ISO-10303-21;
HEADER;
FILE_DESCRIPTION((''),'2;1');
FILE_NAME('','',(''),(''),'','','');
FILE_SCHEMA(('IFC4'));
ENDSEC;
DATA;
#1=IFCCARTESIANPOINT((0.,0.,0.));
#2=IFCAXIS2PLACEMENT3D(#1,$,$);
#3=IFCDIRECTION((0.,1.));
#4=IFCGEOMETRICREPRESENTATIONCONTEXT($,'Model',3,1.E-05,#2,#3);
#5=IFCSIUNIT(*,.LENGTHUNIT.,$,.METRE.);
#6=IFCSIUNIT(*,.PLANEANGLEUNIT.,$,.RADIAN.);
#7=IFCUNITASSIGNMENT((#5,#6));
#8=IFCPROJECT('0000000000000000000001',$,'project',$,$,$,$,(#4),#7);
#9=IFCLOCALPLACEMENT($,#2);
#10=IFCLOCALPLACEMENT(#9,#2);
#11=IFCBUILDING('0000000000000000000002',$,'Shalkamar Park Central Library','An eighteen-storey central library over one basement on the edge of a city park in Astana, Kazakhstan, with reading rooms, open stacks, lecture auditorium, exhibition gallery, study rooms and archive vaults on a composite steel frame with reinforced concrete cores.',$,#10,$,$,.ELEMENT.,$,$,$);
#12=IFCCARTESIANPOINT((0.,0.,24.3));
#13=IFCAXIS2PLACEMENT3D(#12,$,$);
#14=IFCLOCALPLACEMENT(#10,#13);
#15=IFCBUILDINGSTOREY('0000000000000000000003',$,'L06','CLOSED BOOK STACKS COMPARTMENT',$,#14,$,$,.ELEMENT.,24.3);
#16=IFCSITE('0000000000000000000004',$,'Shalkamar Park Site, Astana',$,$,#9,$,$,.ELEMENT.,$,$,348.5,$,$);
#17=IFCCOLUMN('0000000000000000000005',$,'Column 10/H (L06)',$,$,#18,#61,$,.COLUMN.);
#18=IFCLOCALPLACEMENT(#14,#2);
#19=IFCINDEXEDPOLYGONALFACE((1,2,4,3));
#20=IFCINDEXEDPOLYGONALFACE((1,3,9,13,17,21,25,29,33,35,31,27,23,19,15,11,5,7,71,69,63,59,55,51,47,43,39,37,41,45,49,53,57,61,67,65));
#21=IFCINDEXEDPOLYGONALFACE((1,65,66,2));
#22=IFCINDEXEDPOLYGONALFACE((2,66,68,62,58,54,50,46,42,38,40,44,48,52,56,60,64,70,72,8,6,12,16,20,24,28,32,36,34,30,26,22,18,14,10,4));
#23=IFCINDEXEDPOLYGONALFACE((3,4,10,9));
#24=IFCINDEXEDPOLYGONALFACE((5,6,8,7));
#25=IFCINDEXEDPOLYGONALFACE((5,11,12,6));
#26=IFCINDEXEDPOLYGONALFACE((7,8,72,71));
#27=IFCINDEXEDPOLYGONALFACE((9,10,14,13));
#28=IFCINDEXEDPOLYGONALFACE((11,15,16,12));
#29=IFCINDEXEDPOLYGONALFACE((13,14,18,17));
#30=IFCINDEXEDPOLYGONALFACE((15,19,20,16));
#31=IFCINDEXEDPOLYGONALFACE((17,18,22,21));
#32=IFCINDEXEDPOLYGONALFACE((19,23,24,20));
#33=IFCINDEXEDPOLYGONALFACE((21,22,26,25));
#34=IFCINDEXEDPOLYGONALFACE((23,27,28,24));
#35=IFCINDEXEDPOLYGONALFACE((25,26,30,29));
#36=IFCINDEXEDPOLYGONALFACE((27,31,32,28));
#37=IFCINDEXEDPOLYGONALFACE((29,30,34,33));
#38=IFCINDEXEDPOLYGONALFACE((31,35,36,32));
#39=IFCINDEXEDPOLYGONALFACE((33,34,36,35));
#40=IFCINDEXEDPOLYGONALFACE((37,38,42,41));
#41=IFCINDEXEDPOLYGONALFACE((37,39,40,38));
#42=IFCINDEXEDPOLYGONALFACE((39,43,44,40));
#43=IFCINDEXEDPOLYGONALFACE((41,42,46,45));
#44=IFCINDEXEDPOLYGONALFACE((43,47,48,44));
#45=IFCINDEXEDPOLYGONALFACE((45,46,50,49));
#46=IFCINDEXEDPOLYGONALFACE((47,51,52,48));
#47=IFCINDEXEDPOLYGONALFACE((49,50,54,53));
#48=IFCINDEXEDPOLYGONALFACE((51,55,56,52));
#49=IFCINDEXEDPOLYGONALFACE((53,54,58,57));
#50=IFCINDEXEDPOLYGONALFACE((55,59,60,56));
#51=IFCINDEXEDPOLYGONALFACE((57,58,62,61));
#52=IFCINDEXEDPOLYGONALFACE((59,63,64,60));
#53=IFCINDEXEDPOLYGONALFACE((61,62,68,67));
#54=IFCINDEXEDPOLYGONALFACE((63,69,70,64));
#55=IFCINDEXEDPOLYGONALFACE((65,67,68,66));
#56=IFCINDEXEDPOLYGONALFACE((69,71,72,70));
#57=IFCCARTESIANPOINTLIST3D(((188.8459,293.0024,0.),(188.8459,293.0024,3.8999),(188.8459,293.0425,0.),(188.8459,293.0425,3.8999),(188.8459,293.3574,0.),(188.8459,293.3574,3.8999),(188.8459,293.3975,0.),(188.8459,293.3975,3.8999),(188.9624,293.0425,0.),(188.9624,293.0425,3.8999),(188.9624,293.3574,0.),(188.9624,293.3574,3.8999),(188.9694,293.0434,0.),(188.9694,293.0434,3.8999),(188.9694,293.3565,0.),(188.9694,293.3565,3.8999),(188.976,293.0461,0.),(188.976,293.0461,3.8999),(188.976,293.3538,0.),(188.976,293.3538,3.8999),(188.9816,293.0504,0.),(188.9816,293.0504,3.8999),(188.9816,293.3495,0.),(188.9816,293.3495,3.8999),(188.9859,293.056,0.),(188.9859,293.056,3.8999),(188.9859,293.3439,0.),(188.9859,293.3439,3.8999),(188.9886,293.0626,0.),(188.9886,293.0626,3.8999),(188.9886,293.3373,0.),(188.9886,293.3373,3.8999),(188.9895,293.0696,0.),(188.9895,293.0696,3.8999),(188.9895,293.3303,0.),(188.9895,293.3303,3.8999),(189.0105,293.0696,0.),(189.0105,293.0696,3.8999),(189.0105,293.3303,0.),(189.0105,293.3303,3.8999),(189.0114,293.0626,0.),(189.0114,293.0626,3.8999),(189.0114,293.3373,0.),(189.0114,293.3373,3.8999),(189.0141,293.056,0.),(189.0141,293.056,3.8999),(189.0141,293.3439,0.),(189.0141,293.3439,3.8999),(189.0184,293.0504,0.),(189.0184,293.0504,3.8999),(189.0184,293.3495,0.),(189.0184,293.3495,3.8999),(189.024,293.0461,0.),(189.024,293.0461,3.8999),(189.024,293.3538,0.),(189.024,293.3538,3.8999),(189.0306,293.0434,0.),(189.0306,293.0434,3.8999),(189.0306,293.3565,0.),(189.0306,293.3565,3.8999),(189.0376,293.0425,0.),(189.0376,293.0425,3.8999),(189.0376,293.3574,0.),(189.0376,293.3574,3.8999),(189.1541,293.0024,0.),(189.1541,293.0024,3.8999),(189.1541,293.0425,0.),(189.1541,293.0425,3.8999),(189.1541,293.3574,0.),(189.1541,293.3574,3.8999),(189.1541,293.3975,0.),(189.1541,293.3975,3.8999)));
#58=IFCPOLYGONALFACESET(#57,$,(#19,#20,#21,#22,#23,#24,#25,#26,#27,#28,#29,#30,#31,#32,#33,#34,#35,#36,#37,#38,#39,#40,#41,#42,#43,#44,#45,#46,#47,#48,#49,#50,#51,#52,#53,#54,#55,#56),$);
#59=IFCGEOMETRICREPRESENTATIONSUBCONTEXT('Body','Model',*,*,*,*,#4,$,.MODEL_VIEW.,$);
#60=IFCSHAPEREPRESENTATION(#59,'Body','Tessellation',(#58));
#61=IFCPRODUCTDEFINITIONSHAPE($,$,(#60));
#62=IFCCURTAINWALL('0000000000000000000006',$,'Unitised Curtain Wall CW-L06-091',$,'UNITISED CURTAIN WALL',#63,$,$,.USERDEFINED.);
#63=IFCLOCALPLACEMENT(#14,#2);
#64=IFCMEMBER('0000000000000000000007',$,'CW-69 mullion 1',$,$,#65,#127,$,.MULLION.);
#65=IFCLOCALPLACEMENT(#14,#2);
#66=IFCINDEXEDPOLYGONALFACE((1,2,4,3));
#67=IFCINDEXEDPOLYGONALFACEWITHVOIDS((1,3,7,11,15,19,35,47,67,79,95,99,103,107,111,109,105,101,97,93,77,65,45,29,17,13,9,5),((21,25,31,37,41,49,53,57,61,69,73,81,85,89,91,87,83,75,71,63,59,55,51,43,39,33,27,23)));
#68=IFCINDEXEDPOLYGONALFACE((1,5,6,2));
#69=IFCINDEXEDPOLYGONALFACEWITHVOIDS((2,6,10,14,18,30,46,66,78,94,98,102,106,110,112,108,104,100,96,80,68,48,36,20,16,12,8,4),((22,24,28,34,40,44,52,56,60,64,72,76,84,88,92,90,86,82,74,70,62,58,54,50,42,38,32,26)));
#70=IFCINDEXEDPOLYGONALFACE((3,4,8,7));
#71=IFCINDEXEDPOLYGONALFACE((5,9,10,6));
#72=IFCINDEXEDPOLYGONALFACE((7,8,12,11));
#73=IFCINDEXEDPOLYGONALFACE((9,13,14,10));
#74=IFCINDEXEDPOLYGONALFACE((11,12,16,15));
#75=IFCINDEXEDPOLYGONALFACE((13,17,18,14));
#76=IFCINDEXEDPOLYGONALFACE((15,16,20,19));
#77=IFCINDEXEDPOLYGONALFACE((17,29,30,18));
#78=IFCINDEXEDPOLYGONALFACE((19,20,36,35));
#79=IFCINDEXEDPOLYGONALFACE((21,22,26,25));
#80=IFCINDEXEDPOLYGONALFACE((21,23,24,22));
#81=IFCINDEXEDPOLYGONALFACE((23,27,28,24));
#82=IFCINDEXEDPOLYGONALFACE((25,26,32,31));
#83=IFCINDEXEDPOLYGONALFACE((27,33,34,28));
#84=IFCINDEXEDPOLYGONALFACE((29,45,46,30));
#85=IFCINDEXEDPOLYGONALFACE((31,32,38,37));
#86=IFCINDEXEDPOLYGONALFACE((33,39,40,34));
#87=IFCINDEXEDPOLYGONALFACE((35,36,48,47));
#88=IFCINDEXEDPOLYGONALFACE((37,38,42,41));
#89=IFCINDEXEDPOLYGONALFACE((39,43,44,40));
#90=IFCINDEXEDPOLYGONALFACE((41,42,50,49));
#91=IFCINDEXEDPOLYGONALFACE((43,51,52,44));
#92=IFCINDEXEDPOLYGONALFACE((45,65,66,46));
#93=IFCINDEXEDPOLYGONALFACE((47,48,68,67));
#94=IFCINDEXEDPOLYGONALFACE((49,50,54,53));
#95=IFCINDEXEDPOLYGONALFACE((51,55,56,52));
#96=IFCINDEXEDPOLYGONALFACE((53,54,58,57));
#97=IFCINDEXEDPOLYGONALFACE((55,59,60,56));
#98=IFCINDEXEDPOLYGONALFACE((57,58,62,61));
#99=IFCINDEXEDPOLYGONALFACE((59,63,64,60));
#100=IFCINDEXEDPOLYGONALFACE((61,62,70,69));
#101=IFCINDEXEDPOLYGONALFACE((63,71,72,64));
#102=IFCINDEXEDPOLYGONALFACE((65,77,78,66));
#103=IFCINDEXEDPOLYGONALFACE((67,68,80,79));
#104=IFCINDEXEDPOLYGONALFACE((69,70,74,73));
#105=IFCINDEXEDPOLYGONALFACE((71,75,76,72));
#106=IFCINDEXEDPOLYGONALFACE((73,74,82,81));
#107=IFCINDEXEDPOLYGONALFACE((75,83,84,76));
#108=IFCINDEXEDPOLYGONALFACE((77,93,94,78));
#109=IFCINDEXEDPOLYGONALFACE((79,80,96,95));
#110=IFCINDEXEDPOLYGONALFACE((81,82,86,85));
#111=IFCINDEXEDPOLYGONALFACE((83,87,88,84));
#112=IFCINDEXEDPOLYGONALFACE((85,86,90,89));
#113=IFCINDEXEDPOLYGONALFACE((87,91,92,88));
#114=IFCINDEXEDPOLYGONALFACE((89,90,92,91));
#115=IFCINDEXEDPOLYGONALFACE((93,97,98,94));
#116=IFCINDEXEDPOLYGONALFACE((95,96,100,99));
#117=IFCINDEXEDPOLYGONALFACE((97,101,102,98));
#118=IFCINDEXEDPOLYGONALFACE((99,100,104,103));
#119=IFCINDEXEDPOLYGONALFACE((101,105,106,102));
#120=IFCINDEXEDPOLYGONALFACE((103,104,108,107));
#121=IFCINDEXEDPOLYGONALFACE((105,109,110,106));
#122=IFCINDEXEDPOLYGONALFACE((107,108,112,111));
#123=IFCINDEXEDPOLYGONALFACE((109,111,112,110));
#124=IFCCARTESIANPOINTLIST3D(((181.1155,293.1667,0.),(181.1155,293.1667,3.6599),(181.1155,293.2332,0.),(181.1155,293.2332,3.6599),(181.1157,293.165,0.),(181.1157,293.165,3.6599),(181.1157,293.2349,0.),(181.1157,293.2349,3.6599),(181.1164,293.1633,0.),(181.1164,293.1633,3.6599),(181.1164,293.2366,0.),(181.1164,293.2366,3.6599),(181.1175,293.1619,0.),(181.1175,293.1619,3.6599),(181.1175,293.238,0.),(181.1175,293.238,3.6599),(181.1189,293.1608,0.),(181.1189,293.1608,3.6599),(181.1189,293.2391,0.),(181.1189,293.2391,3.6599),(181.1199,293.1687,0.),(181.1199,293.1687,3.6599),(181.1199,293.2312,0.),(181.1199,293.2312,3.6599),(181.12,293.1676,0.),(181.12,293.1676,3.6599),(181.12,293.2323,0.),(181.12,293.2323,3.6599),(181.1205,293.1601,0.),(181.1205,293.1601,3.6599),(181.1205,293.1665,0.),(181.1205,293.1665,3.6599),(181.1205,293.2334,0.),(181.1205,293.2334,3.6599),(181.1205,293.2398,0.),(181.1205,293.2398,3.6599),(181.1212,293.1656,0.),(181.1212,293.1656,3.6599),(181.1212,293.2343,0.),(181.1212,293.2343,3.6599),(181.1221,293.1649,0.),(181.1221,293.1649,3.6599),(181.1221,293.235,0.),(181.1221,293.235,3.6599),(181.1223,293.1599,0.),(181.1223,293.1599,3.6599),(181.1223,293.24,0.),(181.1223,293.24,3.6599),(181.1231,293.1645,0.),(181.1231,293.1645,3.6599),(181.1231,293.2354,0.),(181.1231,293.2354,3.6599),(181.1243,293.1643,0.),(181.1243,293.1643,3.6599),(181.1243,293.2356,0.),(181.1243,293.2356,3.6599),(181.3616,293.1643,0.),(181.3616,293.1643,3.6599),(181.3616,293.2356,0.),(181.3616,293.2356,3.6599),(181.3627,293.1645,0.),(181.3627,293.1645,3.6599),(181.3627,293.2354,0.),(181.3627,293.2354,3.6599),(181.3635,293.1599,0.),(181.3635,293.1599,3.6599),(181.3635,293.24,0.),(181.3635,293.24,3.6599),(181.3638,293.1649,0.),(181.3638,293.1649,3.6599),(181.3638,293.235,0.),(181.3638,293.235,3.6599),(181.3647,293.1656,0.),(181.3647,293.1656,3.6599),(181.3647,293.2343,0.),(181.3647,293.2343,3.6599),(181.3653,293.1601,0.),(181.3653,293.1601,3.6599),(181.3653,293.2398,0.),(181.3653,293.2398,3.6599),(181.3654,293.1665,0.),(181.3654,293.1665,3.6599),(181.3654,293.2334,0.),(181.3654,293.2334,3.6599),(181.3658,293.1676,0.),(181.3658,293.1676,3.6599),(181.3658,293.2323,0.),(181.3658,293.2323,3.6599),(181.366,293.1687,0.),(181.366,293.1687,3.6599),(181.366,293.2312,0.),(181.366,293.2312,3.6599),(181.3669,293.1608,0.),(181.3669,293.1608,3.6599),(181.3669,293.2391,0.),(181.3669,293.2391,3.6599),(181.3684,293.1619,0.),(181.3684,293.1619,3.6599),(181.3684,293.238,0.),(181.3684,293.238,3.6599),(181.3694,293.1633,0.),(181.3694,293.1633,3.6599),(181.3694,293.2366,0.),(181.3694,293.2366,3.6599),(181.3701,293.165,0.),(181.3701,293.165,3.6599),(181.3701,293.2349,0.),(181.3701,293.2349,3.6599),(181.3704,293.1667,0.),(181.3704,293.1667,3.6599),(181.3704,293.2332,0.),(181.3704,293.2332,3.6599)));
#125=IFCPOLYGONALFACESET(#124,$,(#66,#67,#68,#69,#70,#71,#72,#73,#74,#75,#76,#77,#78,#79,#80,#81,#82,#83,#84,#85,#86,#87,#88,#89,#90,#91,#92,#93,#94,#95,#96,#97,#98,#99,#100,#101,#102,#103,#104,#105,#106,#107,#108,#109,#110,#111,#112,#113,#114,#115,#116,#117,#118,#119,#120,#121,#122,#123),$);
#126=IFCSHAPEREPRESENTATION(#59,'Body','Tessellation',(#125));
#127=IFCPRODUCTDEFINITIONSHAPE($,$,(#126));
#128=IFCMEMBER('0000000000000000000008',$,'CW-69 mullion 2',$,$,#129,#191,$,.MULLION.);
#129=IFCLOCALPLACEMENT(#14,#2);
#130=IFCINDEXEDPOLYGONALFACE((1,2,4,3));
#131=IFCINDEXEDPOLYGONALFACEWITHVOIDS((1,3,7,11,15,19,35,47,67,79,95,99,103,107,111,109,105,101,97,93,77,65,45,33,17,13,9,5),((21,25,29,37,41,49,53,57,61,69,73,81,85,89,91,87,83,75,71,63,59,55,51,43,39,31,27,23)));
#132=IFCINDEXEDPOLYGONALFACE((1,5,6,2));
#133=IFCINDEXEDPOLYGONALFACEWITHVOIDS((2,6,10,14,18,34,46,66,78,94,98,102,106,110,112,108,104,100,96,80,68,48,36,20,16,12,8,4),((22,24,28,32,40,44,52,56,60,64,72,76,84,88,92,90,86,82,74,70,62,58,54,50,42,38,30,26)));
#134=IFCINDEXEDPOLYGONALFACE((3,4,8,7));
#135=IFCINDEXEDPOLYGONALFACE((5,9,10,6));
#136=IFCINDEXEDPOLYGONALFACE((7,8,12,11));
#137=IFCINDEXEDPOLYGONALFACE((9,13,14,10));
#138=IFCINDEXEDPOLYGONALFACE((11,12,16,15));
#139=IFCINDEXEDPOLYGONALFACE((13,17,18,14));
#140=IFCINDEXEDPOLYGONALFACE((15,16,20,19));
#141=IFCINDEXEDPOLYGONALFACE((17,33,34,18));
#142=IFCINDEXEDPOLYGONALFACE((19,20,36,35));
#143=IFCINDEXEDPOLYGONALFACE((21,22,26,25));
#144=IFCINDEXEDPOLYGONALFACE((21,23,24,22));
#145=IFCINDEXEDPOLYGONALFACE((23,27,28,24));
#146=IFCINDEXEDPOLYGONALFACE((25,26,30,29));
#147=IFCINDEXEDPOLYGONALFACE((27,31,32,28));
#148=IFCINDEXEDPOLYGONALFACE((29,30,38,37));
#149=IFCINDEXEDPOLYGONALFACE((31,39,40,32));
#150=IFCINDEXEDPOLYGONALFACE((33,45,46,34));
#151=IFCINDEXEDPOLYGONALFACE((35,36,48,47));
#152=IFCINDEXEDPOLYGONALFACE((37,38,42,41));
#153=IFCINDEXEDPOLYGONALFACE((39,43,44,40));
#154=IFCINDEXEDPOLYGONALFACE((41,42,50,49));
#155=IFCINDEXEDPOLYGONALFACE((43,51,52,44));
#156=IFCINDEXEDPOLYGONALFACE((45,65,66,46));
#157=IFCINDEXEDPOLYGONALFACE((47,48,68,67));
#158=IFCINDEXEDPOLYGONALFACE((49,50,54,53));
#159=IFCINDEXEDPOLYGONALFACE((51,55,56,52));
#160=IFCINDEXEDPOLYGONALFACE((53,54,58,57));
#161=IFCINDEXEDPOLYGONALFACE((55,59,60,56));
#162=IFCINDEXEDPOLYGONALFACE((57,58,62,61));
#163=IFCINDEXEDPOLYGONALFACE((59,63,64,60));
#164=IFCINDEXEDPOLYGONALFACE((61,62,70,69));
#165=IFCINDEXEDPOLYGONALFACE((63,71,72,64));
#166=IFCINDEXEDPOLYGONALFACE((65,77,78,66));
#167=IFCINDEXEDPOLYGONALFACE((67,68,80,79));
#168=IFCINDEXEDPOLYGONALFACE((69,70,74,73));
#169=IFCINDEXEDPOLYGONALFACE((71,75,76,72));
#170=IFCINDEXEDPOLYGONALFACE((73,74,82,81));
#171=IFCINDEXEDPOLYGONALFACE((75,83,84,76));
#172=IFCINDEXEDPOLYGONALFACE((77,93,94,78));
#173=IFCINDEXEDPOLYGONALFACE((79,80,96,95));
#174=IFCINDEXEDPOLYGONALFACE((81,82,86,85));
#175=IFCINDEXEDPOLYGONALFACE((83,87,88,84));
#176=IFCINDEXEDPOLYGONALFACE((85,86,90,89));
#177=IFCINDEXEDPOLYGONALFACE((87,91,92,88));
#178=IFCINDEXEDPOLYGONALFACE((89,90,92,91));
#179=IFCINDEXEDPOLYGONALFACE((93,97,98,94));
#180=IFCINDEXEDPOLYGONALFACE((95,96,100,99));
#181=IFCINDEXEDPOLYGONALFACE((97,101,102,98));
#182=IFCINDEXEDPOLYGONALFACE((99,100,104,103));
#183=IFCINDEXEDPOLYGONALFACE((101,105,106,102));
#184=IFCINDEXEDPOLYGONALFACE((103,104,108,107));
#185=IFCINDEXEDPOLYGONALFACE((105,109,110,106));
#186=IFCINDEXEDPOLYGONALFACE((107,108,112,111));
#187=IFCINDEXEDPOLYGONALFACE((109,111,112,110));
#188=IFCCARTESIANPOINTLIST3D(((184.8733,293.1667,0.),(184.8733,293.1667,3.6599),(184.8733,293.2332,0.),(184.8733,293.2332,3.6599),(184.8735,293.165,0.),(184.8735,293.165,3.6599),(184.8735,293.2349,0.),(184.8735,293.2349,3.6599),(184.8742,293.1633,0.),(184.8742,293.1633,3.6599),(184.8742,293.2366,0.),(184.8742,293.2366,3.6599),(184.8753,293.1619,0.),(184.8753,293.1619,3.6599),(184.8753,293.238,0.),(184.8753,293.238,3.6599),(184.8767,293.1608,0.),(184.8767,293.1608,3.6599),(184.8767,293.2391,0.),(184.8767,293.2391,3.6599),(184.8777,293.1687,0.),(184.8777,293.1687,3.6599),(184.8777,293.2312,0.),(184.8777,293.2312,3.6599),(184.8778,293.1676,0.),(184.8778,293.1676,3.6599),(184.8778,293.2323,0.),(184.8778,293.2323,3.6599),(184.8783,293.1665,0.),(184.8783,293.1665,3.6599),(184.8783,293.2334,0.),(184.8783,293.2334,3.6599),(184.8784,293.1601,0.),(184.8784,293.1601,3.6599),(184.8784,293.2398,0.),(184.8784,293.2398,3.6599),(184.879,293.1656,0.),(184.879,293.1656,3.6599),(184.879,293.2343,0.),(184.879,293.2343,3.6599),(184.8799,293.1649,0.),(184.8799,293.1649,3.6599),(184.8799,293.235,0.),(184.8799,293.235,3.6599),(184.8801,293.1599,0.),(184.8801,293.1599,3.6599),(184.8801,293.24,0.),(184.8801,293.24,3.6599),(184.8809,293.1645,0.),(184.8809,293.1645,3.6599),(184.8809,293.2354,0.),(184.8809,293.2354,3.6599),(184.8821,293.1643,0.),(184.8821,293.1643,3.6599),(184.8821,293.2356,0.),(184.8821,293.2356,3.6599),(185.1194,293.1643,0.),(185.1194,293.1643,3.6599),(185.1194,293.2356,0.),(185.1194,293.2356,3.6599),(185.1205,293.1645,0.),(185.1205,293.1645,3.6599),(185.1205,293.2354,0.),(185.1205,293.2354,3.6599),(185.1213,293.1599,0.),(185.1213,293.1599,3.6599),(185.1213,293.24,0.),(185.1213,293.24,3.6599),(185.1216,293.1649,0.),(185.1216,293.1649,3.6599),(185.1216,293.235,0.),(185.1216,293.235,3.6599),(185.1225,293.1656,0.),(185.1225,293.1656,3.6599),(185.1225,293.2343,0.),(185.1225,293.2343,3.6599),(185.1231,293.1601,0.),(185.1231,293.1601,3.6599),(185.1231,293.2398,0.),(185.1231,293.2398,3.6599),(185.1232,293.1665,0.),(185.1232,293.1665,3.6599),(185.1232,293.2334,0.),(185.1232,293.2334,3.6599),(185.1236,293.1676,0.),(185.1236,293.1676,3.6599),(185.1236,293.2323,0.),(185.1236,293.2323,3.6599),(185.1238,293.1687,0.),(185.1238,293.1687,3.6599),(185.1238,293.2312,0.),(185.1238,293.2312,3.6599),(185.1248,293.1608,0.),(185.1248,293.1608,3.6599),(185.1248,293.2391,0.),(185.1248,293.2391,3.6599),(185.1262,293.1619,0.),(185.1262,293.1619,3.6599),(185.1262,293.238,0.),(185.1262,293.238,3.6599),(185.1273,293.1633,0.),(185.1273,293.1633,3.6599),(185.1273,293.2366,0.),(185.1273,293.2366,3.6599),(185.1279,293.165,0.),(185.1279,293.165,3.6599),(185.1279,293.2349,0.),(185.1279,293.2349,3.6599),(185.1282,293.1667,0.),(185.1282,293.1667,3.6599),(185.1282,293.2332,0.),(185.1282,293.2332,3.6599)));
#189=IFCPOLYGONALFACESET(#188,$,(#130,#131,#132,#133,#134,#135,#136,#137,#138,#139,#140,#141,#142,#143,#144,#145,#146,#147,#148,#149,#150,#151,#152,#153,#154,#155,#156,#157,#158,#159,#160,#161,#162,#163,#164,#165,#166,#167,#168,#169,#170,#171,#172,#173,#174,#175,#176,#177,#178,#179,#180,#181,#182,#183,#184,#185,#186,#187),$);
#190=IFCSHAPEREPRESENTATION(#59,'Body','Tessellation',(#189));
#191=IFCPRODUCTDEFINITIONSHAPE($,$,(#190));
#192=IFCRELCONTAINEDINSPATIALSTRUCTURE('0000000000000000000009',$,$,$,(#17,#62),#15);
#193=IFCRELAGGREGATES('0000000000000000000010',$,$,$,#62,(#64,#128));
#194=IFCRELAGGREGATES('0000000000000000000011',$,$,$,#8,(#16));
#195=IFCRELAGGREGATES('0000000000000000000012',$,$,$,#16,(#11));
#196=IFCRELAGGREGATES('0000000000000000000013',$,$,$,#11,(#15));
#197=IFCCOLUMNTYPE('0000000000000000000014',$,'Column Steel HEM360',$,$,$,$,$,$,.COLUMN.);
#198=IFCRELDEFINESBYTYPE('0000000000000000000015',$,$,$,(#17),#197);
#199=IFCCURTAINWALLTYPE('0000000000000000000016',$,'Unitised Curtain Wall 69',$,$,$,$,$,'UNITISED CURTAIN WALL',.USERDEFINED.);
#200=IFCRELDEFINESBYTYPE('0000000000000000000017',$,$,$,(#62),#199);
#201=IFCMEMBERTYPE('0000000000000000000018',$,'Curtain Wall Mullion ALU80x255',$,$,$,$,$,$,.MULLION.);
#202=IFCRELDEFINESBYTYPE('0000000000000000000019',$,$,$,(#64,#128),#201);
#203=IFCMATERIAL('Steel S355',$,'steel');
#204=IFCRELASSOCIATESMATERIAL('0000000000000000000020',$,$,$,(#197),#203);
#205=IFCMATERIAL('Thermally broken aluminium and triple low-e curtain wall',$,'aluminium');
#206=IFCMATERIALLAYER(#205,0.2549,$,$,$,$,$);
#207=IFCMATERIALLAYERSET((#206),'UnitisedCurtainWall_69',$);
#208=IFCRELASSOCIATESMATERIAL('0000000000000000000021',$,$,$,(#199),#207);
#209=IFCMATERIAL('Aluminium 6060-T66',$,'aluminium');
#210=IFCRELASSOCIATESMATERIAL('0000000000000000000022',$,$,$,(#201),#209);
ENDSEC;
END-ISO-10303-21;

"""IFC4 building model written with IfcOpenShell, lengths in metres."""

from ifc_helpers import new_model, si_unit, direction, frame, origin, origin_2d, place, context, subcontext, project, spatial, hollow_rectangle, i_section, extrude, material, layer, layer_set, material_profile, profile_set, type_object, element, aggregate, save


model = new_model("IFC4")

# Units and contexts
model_context = context("Model", 3, precision=1e-05, world=origin(), true_north=direction((0.0, 1.0)))
body_context = subcontext(model_context, "Body", "Model", "MODEL_VIEW")
ifc_project = project(units=[si_unit("LENGTHUNIT", "METRE"), si_unit("PLANEANGLEUNIT", "RADIAN")], contexts=[model_context])

# Site, building, storey
site_placement = place(None, origin())
site = spatial("IfcSite", under=ifc_project, at=site_placement, Name="Shalkamar Park Site, Astana", CompositionType="ELEMENT", RefElevation=348.5)
building_placement = place(site_placement, origin())
building = spatial("IfcBuilding", under=site, at=building_placement, Name="Shalkamar Park Central Library", Description="An eighteen-storey central library over one basement on the edge of a city park in Astana, Kazakhstan, with reading rooms, open stacks, lecture auditorium, exhibition gallery, study rooms and archive vaults on a composite steel frame with reinforced concrete cores.", CompositionType="ELEMENT")
storey_placement = place(building_placement, frame((0.0, 0.0, 24.3)))
storey = spatial("IfcBuildingStorey", under=building, at=storey_placement, Name="L06", Description="CLOSED BOOK STACKS COMPARTMENT", CompositionType="ELEMENT", Elevation=24.3)

# Column
ifc_material_1 = material(Name="Steel S355", Category="steel")
ifc_material_profile_1 = material_profile(ifc_material_1, i_section(OverallWidth=0.3081, OverallDepth=0.395, WebThickness=0.021, FlangeThickness=0.04, FilletRadius=0.0271, at=origin_2d()), Name="HEM 360")
ifc_profile_set_1 = profile_set([ifc_material_profile_1], Name="Steel S355")
column_type = type_object("IfcColumnType", Name="Column Steel HEM360", PredefinedType="COLUMN", material=ifc_profile_set_1)
column_placement = place(storey_placement, frame((189.0, 293.2, 0.0), z_axis=(0.0, 0.0, 1.0), x_axis=(1.0, 0.0, 0.0)))
element("IfcColumn", 1, at=column_placement, inside=storey, type_object=column_type, Name="Column 10/H (L06)", PredefinedType="COLUMN", context=body_context, shape_type="SweptSolid", body=[
    extrude(i_section(OverallWidth=0.3081, OverallDepth=0.395, WebThickness=0.021, FlangeThickness=0.04, FilletRadius=0.0271, at=origin_2d()), origin(), (0.0, 0.0, 1.0), 3.8999),
])

# Curtain wall, members
ifc_material_2 = material(Name="Thermally broken aluminium and triple low-e curtain wall", Category="aluminium")
ifc_layer_1 = layer(ifc_material_2, 0.2549)
ifc_layer_set_1 = layer_set([ifc_layer_1], Name="UnitisedCurtainWall_69")
curtain_wall_type_1 = type_object("IfcCurtainWallType", Name="Unitised Curtain Wall 69", ElementType="UNITISED CURTAIN WALL", PredefinedType="USERDEFINED", material=ifc_layer_set_1)
curtain_wall_1_placement = place(storey_placement, origin())
curtain_wall_1 = element("IfcCurtainWall", 2, at=curtain_wall_1_placement, inside=storey, type_object=curtain_wall_type_1, Name="Unitised Curtain Wall CW-L06-091", ObjectType="UNITISED CURTAIN WALL", PredefinedType="USERDEFINED")
ifc_material_3 = material(Name="Aluminium 6060-T66", Category="aluminium")
ifc_material_profile_2 = material_profile(ifc_material_3, hollow_rectangle(XDim=0.0801, YDim=0.2549, WallThickness=0.0044, InnerFilletRadius=0.0044, OuterFilletRadius=0.0068, at=origin_2d()), Name="ALU 80x255x4.5")
ifc_profile_set_2 = profile_set([ifc_material_profile_2], Name="Aluminium 6060-T66")
member_type_1 = type_object("IfcMemberType", Name="Curtain Wall Mullion ALU80x255", PredefinedType="MULLION", material=ifc_profile_set_2)
member_1_placement = place(storey_placement, frame((181.2429, 293.2, 0.0), z_axis=(0.0, 0.0, 1.0), x_axis=(0.0, 1.0, 0.0)))
member_1 = element("IfcMember", 3, at=member_1_placement, type_object=member_type_1, Name="CW-69 mullion 1", PredefinedType="MULLION", context=body_context, shape_type="SweptSolid", body=[
    extrude(hollow_rectangle(XDim=0.0801, YDim=0.2549, WallThickness=0.0044, InnerFilletRadius=0.0044, OuterFilletRadius=0.0068, at=origin_2d()), origin(), (0.0, 0.0, 1.0), 3.6599),
])
member_2_placement = place(storey_placement, frame((185.0007, 293.2, 0.0), z_axis=(0.0, 0.0, 1.0), x_axis=(0.0, 1.0, 0.0)))
member_2 = element("IfcMember", 4, at=member_2_placement, type_object=member_type_1, Name="CW-69 mullion 2", PredefinedType="MULLION", context=body_context, shape_type="SweptSolid", body=[
    extrude(hollow_rectangle(XDim=0.0801, YDim=0.2549, WallThickness=0.0044, InnerFilletRadius=0.0044, OuterFilletRadius=0.0068, at=origin_2d()), origin(), (0.0, 0.0, 1.0), 3.6599),
])

aggregate(curtain_wall_1, [member_1, member_2])

save(model, "model.ifc")
